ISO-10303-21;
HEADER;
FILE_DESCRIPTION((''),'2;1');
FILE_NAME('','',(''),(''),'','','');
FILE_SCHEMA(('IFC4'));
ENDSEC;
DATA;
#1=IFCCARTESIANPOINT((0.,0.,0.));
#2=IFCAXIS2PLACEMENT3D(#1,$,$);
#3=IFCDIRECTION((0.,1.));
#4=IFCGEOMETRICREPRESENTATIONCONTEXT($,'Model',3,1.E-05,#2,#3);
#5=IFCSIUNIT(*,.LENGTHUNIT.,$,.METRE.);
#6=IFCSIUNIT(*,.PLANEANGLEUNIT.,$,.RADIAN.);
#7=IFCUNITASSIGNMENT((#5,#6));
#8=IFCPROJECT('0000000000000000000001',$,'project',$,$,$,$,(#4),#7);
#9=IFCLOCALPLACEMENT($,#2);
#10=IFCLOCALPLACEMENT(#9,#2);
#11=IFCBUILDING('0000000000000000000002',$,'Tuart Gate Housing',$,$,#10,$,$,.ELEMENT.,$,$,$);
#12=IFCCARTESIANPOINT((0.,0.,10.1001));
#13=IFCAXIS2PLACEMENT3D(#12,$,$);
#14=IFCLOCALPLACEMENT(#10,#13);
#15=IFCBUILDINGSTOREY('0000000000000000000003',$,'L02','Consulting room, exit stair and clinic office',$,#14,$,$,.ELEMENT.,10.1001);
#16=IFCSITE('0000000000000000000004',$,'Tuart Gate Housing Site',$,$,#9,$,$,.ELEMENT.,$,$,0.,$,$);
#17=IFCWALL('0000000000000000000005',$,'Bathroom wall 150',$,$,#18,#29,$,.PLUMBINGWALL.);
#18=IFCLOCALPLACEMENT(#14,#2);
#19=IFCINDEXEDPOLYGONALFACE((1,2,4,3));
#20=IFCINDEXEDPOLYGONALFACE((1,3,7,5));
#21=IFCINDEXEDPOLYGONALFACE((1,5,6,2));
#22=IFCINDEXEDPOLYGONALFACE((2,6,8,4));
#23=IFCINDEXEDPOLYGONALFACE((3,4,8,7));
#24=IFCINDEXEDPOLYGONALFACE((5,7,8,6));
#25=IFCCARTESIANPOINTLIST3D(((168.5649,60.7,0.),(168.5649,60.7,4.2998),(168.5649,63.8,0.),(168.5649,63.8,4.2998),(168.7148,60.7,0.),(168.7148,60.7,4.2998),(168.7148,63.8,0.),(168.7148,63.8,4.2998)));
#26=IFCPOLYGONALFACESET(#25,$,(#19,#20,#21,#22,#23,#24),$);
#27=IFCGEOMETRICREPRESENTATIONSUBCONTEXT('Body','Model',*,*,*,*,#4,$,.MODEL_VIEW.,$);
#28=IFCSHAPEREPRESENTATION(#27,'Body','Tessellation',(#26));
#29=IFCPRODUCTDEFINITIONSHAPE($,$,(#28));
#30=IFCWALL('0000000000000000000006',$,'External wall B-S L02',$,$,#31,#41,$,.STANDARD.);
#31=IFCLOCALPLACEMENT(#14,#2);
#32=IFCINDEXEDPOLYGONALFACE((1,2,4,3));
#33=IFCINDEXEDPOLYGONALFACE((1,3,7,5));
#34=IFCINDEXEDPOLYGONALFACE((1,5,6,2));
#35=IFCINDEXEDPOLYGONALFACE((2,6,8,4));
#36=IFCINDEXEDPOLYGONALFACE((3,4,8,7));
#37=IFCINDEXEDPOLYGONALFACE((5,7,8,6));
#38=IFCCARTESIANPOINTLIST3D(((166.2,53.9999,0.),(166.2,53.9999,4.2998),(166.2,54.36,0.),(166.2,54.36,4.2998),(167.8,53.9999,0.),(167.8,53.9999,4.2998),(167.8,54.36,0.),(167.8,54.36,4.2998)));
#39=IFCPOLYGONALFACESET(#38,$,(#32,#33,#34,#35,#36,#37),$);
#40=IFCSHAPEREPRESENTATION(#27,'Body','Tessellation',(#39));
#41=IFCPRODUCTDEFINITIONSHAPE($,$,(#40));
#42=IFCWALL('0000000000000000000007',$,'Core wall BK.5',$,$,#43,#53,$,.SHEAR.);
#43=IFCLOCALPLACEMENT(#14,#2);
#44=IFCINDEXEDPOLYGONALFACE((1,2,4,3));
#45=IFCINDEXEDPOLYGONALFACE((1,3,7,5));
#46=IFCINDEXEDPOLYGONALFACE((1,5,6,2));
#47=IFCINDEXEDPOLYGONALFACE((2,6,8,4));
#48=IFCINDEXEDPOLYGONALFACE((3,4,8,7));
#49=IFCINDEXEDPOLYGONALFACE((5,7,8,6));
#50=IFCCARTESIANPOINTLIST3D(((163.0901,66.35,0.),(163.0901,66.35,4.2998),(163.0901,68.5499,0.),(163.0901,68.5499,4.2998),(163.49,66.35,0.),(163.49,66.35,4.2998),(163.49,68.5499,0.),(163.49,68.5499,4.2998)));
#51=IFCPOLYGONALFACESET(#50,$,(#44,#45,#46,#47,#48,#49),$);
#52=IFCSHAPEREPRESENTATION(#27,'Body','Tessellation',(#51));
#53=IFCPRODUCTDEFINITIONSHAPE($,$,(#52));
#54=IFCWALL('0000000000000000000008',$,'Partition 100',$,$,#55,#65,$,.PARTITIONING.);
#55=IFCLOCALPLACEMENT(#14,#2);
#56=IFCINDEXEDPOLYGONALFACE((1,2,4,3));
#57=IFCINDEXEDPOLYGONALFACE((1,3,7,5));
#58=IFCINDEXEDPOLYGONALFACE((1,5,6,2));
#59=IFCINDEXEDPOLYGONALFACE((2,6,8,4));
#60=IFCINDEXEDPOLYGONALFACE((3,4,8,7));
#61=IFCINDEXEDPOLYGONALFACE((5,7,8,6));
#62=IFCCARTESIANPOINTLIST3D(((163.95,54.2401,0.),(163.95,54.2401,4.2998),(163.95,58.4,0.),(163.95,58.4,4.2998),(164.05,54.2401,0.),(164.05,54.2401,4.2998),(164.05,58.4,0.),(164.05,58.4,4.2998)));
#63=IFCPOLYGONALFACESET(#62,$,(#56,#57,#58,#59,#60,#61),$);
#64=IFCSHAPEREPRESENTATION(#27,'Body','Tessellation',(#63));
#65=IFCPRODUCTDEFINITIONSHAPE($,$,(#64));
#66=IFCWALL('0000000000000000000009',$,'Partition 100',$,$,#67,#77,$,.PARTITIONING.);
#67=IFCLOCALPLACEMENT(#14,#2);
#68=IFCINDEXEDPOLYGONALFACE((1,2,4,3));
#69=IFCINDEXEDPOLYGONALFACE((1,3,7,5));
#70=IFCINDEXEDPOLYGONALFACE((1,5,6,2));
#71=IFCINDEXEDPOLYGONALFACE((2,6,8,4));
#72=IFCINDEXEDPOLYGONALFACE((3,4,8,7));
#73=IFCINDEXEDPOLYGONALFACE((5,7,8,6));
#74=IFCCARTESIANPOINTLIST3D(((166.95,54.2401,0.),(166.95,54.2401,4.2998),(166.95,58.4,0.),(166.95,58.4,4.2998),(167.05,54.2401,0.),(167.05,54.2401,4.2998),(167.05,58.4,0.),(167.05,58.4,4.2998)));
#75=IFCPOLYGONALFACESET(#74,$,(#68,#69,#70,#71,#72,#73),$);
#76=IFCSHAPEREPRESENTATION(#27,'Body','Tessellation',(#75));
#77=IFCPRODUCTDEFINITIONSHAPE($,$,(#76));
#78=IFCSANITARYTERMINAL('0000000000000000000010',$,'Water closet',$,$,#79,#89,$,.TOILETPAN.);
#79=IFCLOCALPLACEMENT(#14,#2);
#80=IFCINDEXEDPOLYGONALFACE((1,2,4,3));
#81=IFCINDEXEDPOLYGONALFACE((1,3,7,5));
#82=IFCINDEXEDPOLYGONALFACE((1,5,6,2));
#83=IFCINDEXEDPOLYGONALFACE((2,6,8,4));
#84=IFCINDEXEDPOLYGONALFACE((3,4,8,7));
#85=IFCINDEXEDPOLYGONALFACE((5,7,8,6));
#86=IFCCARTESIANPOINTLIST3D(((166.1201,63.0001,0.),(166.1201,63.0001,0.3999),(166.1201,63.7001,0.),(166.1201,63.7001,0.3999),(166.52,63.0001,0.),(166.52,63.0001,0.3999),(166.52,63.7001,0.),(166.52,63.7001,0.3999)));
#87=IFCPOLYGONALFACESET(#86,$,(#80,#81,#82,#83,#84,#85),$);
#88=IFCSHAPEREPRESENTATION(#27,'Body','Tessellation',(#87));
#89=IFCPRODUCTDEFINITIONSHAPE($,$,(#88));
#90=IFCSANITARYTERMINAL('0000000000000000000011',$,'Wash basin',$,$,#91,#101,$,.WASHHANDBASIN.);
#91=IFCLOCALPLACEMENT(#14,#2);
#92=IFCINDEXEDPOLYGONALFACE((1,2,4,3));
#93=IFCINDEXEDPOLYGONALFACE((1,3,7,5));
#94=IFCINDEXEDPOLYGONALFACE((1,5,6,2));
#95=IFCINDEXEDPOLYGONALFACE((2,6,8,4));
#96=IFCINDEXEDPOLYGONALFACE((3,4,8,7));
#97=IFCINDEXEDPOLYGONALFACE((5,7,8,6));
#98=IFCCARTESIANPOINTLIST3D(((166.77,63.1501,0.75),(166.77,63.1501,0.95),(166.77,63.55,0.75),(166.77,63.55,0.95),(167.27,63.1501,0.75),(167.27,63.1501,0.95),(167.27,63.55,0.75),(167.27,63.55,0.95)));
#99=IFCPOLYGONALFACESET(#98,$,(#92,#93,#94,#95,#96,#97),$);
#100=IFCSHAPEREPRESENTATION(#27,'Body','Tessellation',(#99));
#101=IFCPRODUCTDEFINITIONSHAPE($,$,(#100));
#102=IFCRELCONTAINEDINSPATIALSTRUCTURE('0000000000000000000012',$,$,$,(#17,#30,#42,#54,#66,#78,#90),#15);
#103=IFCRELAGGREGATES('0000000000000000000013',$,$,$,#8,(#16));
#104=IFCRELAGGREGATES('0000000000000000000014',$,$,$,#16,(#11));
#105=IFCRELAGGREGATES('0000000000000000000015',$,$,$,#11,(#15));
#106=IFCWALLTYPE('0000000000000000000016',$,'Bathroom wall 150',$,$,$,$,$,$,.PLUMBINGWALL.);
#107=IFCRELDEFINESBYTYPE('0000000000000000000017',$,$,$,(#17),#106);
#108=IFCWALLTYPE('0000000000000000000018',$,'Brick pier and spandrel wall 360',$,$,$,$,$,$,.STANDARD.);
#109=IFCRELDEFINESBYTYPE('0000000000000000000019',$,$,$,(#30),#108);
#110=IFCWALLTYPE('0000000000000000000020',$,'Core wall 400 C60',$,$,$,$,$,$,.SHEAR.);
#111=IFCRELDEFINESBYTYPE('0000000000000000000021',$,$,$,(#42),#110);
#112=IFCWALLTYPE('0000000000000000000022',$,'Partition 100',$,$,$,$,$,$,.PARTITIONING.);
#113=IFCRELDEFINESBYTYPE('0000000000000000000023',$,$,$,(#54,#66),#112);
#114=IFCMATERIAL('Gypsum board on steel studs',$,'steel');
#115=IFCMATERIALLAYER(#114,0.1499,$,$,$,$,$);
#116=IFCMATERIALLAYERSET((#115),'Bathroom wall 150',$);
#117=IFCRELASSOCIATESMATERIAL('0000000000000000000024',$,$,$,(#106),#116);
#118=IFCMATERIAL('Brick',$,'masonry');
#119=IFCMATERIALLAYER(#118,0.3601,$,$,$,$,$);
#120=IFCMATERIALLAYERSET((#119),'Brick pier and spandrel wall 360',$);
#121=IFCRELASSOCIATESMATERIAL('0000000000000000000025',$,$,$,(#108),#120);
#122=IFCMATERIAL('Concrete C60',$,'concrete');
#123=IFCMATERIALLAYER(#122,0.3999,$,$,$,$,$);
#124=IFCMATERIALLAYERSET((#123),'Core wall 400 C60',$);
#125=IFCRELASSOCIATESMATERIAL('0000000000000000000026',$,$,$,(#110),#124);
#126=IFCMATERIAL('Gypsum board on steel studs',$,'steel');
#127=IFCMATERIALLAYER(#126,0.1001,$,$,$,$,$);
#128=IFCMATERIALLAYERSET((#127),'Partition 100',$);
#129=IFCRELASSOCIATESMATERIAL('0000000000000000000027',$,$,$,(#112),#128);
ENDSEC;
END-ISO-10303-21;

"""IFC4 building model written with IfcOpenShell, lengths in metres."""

from ifc_helpers import new_model, si_unit, direction, frame, frame_2d, origin, origin_2d, place, context, subcontext, project, spatial, rectangle, extrude, material, layer, layer_set, type_object, element, save


model = new_model("IFC4")

# Units and contexts
model_context = context("Model", 3, precision=1e-05, world=origin(), true_north=direction((0.0, 1.0)))
body_context = subcontext(model_context, "Body", "Model", "MODEL_VIEW")
ifc_project = project(units=[si_unit("LENGTHUNIT", "METRE"), si_unit("PLANEANGLEUNIT", "RADIAN")], contexts=[model_context])

# Site, building, storey
site_placement = place(None, origin())
site = spatial("IfcSite", under=ifc_project, at=site_placement, Name="Tuart Gate Housing Site", CompositionType="ELEMENT", RefElevation=0.0)
building_placement = place(site_placement, origin())
building = spatial("IfcBuilding", under=site, at=building_placement, Name="Tuart Gate Housing", CompositionType="ELEMENT")
storey_placement = place(building_placement, frame((0.0, 0.0, 10.1001)))
storey = spatial("IfcBuildingStorey", under=building, at=storey_placement, Name="L02", Description="Consulting room, exit stair and clinic office", CompositionType="ELEMENT", Elevation=10.1001)

# Walls
ifc_material_1 = material(Name="Gypsum board on steel studs", Category="steel")
ifc_layer_1 = layer(ifc_material_1, 0.1499)
ifc_layer_set_1 = layer_set([ifc_layer_1], Name="Bathroom wall 150")
wall_type_1 = type_object("IfcWallType", Name="Bathroom wall 150", PredefinedType="PLUMBINGWALL", material=ifc_layer_set_1)
for number, where, z_axis, x_axis, name in (
    (1, (168.6399, 60.7, 0.0), (0.0, 0.0, 1.0), (0.0, 1.0, 0.0), "Bathroom wall 150"),
):
    element("IfcWall", number, at=place(storey_placement, frame(where, z_axis=z_axis, x_axis=x_axis)), inside=storey, type_object=wall_type_1, Name=name, PredefinedType="PLUMBINGWALL", context=body_context, shape_type="SweptSolid", body=[
        extrude(rectangle(XDim=3.1001, YDim=0.1499, at=frame_2d((1.55, 0.0))), origin(), (0.0, 0.0, 1.0), 4.2998),
    ])
ifc_material_2 = material(Name="Brick", Category="masonry")
ifc_layer_2 = layer(ifc_material_2, 0.3601)
ifc_layer_set_2 = layer_set([ifc_layer_2], Name="Brick pier and spandrel wall 360")
wall_type_2 = type_object("IfcWallType", Name="Brick pier and spandrel wall 360", PredefinedType="STANDARD", material=ifc_layer_set_2)
wall_1_placement = place(storey_placement, frame((166.2, 54.1799, 0.0), z_axis=(0.0, 0.0, 1.0), x_axis=(1.0, 0.0, 0.0)))
element("IfcWall", 2, at=wall_1_placement, inside=storey, type_object=wall_type_2, Name="External wall B-S L02", PredefinedType="STANDARD", context=body_context, shape_type="SweptSolid", body=[
    extrude(rectangle(XDim=1.6001, YDim=0.3601, at=frame_2d((0.8, 0.0))), origin(), (0.0, 0.0, 1.0), 4.2998),
])
ifc_material_3 = material(Name="Concrete C60", Category="concrete")
ifc_layer_3 = layer(ifc_material_3, 0.3999)
ifc_layer_set_3 = layer_set([ifc_layer_3], Name="Core wall 400 C60")
wall_type_3 = type_object("IfcWallType", Name="Core wall 400 C60", PredefinedType="SHEAR", material=ifc_layer_set_3)
wall_2_placement = place(storey_placement, frame((163.29, 68.55, 0.0), z_axis=(0.0, 0.0, 1.0), x_axis=(0.0, -1.0, 0.0)))
element("IfcWall", 3, at=wall_2_placement, inside=storey, type_object=wall_type_3, Name="Core wall BK.5", PredefinedType="SHEAR", context=body_context, shape_type="SweptSolid", body=[
    extrude(rectangle(XDim=2.2, YDim=0.3999, at=frame_2d((1.1001, 0.0))), origin(), (0.0, 0.0, 1.0), 4.2998),
])
ifc_material_4 = material(Name="Gypsum board on steel studs", Category="steel")
ifc_layer_4 = layer(ifc_material_4, 0.1001)
ifc_layer_set_4 = layer_set([ifc_layer_4], Name="Partition 100")
wall_type_4 = type_object("IfcWallType", Name="Partition 100", PredefinedType="PARTITIONING", material=ifc_layer_set_4)
for number, where, z_axis, x_axis, name in (
    (4, (164.0, 54.24, 0.0), (0.0, 0.0, 1.0), (0.0, 1.0, 0.0), "Partition 100"),
    (5, (167.0, 54.24, 0.0), (0.0, 0.0, 1.0), (0.0, 1.0, 0.0), "Partition 100"),
):
    element("IfcWall", number, at=place(storey_placement, frame(where, z_axis=z_axis, x_axis=x_axis)), inside=storey, type_object=wall_type_4, Name=name, PredefinedType="PARTITIONING", context=body_context, shape_type="SweptSolid", body=[
        extrude(rectangle(XDim=4.1599, YDim=0.1001, at=frame_2d((2.0801, 0.0))), origin(), (0.0, 0.0, 1.0), 4.2998),
    ])

# Sanitary terminals
sanitary_terminal_1_placement = place(storey_placement, frame((166.3201, 63.3501, 0.0), z_axis=(0.0, 0.0, 1.0), x_axis=(1.0, 0.0, 0.0)))
element("IfcSanitaryTerminal", 6, at=sanitary_terminal_1_placement, inside=storey, Name="Water closet", PredefinedType="TOILETPAN", context=body_context, shape_type="SweptSolid", body=[
    extrude(rectangle(XDim=0.3999, YDim=0.7, at=origin_2d()), origin(), (0.0, 0.0, 1.0), 0.3999),
])
sanitary_terminal_2_placement = place(storey_placement, frame((167.02, 63.3501, 0.75), z_axis=(0.0, 0.0, 1.0), x_axis=(1.0, 0.0, 0.0)))
element("IfcSanitaryTerminal", 7, at=sanitary_terminal_2_placement, inside=storey, Name="Wash basin", PredefinedType="WASHHANDBASIN", context=body_context, shape_type="SweptSolid", body=[
    extrude(rectangle(XDim=0.5, YDim=0.3999, at=origin_2d()), origin(), (0.0, 0.0, 1.0), 0.2),
])

save(model, "model.ifc")
